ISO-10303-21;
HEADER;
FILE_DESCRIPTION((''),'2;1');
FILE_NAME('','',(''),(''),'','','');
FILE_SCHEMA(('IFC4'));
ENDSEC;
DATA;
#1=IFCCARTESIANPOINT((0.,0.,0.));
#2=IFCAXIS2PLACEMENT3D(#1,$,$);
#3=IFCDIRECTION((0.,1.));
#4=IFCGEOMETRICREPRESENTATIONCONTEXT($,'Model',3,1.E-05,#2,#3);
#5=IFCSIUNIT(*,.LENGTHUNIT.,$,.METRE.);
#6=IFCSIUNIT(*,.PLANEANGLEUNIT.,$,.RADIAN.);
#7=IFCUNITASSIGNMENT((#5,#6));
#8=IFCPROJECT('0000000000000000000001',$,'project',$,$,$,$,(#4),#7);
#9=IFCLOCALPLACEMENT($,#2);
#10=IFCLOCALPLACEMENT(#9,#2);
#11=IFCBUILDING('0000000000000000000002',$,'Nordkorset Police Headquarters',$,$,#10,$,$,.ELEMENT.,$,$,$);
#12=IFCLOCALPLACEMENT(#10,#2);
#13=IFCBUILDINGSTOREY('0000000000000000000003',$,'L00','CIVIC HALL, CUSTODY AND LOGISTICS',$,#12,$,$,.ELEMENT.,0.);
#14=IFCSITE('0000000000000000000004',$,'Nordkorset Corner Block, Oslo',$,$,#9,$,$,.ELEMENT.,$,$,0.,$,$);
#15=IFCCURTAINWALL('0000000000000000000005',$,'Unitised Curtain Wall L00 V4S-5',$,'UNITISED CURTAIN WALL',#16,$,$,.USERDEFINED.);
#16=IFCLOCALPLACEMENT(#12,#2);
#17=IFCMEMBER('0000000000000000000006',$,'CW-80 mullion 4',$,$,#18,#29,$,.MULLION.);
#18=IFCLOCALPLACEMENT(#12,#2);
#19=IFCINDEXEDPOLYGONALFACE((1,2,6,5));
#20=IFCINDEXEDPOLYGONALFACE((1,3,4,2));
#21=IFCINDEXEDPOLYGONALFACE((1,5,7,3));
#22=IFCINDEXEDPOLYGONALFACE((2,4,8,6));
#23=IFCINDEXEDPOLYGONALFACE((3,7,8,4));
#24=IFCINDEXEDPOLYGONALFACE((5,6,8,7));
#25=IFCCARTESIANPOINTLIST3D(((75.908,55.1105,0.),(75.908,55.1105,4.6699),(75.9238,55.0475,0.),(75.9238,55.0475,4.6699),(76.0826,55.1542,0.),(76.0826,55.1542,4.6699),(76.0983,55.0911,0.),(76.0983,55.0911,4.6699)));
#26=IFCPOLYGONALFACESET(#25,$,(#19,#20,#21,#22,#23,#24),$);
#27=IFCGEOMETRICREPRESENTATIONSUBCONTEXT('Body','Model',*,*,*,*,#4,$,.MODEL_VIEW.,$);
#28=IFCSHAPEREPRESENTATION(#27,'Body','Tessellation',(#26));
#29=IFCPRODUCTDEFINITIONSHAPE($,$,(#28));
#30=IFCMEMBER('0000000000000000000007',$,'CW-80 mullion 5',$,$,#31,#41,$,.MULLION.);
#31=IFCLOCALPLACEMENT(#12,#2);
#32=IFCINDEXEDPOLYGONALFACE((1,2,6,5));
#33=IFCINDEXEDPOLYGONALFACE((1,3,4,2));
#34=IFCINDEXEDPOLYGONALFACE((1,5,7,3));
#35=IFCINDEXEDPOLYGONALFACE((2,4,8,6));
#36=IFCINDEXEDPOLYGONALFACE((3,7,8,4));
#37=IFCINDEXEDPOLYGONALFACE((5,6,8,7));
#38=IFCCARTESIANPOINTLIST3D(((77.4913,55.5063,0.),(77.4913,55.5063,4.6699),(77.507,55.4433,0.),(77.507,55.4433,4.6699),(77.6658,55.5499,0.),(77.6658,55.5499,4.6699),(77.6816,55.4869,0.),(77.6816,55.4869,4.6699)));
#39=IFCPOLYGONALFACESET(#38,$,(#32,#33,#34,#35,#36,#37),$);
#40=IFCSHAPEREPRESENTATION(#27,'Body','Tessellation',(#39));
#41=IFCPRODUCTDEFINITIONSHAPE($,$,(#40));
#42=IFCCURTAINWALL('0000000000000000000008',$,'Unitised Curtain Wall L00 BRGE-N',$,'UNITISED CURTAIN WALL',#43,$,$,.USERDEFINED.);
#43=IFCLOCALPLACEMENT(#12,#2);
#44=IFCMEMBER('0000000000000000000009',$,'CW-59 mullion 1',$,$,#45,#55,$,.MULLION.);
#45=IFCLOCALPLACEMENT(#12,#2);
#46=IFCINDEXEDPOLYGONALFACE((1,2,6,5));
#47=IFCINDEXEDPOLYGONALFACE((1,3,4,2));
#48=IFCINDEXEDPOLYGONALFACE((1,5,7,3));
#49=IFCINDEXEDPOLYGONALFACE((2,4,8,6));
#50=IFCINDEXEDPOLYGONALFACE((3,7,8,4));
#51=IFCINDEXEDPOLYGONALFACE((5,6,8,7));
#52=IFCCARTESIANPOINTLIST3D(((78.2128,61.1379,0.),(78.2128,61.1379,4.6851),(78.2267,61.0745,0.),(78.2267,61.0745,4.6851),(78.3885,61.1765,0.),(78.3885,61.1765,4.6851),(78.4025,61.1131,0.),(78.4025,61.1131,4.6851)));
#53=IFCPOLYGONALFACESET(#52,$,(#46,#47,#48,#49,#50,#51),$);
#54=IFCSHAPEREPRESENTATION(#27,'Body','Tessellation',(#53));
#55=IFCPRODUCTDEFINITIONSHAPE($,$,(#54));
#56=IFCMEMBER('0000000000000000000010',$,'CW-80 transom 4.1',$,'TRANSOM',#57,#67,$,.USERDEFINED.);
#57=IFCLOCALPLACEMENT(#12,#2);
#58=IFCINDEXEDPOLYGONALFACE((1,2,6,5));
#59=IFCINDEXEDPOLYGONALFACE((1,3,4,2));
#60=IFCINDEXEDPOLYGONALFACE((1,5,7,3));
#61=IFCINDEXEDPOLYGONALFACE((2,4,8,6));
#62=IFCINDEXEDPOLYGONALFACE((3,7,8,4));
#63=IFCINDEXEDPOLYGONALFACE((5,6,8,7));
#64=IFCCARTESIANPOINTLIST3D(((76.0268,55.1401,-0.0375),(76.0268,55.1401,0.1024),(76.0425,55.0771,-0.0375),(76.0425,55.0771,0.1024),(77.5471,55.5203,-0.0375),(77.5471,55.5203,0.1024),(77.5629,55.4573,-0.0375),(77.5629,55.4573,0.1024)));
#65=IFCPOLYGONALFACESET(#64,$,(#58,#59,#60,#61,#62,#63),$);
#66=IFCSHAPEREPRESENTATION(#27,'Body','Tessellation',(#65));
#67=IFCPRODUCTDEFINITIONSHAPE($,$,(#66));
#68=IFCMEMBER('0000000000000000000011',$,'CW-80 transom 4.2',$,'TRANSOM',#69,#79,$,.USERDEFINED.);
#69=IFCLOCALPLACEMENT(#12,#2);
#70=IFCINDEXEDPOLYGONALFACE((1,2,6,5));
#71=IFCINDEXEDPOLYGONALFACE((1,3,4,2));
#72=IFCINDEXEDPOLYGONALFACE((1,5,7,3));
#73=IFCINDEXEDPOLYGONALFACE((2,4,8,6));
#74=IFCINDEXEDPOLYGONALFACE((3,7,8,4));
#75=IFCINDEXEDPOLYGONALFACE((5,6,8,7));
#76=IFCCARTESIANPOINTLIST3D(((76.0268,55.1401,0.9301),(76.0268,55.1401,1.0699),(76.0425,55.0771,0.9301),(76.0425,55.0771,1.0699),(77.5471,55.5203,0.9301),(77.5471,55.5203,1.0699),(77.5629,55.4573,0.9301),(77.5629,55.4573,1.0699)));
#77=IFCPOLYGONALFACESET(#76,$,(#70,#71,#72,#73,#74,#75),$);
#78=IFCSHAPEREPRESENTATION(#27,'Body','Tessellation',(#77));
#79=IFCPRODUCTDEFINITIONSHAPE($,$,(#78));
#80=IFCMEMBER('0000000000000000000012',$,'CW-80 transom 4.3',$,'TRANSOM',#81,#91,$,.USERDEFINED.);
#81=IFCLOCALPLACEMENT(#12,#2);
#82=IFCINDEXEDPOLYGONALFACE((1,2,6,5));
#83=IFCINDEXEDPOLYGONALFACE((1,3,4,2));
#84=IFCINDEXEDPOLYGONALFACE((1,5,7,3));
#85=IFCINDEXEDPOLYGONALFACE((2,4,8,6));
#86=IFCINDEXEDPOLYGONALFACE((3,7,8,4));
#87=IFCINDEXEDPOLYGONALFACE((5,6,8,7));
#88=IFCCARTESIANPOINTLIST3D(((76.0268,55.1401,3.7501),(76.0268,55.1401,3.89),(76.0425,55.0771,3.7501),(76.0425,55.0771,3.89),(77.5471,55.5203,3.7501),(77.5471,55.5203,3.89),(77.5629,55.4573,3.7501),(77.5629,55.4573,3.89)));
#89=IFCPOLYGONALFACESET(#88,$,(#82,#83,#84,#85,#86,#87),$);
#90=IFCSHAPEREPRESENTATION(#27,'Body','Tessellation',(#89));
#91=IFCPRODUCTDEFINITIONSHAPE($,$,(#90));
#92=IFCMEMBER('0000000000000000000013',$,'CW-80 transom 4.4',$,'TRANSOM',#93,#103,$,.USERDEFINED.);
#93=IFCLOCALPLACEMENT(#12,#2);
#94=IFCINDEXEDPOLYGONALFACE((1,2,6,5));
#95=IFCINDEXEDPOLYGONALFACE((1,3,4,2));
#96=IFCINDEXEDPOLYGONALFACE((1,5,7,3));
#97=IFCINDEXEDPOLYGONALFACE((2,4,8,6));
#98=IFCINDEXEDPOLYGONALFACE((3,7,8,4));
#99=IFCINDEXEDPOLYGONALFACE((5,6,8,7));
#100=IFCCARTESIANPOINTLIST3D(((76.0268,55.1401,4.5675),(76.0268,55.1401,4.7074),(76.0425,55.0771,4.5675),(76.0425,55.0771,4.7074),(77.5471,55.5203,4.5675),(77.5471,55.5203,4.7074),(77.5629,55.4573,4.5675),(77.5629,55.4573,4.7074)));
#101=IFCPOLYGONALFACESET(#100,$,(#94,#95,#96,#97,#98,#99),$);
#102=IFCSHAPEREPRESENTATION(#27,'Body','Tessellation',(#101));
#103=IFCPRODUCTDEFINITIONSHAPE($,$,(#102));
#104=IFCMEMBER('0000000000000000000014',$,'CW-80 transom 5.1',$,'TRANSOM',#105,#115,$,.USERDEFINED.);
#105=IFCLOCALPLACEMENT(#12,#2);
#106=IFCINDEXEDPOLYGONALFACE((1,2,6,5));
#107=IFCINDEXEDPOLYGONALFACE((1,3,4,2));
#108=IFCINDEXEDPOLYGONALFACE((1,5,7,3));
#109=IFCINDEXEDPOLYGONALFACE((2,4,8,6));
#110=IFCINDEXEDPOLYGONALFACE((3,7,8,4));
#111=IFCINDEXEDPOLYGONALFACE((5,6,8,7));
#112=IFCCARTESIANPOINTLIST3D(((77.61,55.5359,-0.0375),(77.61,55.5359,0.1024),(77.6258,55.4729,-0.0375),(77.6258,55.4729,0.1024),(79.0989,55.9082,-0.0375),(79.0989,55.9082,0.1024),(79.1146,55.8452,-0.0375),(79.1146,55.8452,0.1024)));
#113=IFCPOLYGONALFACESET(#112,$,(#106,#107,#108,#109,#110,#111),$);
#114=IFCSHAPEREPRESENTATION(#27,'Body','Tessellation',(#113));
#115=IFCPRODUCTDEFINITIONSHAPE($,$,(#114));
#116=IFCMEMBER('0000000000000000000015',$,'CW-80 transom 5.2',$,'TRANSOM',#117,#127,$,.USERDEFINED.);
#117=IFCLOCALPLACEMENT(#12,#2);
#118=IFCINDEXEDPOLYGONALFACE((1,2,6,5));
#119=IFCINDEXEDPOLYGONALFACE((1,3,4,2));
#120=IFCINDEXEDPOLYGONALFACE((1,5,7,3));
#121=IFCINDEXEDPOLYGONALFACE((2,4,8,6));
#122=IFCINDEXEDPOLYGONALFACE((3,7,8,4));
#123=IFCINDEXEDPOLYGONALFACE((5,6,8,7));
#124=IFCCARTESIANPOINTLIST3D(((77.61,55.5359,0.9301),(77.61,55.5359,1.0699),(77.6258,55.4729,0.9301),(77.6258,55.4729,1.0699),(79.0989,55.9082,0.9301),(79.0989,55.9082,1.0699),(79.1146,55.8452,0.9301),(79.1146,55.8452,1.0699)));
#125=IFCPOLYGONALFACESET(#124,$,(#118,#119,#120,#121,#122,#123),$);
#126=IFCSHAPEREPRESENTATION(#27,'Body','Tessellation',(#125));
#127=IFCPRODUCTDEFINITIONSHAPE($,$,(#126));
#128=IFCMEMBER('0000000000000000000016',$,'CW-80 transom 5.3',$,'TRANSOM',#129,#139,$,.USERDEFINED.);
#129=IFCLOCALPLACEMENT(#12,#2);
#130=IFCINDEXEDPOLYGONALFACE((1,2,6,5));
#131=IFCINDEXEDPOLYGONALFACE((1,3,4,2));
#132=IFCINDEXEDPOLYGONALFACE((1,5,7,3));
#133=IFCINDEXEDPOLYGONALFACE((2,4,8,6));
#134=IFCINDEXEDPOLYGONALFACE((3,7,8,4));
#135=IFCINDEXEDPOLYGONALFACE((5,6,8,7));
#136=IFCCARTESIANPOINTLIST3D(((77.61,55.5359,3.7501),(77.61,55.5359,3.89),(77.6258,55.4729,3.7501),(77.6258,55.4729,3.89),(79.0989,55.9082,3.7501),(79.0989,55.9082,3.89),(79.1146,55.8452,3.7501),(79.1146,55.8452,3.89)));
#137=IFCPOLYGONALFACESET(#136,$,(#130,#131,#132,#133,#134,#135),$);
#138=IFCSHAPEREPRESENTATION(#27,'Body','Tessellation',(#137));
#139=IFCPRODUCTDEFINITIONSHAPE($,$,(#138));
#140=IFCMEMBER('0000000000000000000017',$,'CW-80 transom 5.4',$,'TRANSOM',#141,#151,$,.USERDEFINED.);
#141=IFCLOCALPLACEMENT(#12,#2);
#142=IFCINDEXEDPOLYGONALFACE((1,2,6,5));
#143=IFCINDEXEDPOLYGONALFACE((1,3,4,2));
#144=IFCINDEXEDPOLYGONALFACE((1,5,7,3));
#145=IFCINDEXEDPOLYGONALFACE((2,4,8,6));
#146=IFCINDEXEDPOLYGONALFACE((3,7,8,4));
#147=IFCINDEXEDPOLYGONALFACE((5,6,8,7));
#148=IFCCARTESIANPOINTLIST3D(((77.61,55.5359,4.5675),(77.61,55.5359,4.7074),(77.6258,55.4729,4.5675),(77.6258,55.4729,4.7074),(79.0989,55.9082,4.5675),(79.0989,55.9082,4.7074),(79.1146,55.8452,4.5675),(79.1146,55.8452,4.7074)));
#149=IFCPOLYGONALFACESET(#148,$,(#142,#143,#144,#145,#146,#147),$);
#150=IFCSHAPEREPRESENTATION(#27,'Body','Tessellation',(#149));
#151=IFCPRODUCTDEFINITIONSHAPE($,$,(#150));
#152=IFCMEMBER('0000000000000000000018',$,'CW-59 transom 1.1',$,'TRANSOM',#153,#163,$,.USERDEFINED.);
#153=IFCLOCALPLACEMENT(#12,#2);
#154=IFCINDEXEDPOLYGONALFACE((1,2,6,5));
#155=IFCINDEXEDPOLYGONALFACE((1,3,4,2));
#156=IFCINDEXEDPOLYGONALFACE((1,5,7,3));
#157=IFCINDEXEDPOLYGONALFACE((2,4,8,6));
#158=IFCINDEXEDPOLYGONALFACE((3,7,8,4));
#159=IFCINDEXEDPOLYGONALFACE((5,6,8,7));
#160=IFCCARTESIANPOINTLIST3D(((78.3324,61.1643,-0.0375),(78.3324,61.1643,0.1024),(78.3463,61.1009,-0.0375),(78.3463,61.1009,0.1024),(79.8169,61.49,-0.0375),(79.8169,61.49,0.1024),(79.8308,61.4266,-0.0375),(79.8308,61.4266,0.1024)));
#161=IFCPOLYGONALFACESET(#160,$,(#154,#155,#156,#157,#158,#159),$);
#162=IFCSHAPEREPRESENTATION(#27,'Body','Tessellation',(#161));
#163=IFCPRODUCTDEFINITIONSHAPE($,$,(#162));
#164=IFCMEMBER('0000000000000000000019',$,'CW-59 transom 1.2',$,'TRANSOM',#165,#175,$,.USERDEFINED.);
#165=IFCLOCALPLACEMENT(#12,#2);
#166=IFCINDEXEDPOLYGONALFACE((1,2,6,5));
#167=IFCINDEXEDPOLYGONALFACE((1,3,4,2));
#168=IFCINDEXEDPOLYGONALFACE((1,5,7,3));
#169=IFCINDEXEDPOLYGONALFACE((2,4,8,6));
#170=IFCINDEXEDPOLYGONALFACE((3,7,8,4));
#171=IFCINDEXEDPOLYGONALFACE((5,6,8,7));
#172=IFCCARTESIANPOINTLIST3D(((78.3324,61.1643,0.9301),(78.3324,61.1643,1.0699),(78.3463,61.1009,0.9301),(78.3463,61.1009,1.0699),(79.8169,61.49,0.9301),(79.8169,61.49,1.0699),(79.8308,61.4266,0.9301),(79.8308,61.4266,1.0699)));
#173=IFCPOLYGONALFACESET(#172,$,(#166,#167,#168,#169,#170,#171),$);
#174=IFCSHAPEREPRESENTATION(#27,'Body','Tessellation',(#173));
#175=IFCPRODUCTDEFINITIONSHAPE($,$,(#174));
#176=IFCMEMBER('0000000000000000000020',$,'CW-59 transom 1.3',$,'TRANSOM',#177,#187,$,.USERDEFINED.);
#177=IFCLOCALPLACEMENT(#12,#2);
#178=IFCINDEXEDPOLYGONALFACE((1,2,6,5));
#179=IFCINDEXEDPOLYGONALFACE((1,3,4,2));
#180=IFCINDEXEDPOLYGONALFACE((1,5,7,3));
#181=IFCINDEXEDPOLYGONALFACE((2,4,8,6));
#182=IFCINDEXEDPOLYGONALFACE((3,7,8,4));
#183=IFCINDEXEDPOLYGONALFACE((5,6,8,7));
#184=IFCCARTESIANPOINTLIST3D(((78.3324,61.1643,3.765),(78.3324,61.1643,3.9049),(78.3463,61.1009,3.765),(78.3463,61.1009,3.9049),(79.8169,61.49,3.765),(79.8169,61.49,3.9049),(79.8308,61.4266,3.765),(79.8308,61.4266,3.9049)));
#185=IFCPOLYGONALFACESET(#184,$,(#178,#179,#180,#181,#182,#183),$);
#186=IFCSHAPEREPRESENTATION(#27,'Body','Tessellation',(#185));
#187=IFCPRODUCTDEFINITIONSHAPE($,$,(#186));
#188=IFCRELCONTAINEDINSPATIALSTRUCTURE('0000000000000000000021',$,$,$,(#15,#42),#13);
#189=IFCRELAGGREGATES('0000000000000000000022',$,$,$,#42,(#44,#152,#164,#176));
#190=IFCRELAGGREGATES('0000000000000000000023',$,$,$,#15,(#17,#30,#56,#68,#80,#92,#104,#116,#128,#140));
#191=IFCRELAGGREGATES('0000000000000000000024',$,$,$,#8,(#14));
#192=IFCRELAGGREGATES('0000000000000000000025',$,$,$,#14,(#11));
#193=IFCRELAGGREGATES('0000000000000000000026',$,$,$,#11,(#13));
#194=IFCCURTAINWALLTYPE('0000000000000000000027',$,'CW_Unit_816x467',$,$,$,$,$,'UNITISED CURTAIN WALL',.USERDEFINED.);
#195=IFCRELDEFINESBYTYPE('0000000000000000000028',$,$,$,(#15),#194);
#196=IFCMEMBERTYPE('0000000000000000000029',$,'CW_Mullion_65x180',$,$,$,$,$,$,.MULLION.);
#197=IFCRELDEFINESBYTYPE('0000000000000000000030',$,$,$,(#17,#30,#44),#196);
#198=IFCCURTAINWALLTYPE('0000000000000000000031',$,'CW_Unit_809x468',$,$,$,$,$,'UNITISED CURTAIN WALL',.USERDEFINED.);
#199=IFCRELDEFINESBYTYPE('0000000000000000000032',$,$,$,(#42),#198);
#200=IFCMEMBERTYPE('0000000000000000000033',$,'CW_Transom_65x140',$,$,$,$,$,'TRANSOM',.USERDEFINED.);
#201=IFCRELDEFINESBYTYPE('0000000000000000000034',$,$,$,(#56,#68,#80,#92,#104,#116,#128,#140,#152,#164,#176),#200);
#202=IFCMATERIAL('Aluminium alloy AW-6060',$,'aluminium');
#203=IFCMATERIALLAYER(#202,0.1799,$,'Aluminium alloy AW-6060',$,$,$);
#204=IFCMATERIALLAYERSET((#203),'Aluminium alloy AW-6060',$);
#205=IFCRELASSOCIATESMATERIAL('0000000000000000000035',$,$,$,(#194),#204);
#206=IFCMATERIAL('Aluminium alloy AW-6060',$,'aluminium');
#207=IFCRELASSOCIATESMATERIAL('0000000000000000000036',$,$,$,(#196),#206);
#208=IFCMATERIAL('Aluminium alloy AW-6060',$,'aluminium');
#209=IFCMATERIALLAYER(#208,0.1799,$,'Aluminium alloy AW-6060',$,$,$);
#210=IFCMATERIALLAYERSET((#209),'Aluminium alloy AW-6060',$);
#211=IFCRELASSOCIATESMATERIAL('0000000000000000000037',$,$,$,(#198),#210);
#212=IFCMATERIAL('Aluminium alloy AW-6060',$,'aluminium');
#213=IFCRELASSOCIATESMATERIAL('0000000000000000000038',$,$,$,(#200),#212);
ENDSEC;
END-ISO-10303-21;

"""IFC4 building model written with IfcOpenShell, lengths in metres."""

from ifc_helpers import new_model, si_unit, direction, frame, origin, origin_2d, place, context, subcontext, project, spatial, rectangle, extrude, material, layer, layer_set, material_profile, profile_set, type_object, element, aggregate, save


model = new_model("IFC4")

# Units and contexts
model_context = context("Model", 3, precision=1e-05, world=origin(), true_north=direction((0.0, 1.0)))
body_context = subcontext(model_context, "Body", "Model", "MODEL_VIEW")
ifc_project = project(units=[si_unit("LENGTHUNIT", "METRE"), si_unit("PLANEANGLEUNIT", "RADIAN")], contexts=[model_context])

# Site, building, storey
site_placement = place(None, origin())
site = spatial("IfcSite", under=ifc_project, at=site_placement, Name="Nordkorset Corner Block, Oslo", CompositionType="ELEMENT", RefElevation=0.0)
building_placement = place(site_placement, origin())
building = spatial("IfcBuilding", under=site, at=building_placement, Name="Nordkorset Police Headquarters", CompositionType="ELEMENT")
storey_placement = place(building_placement, origin())
storey = spatial("IfcBuildingStorey", under=building, at=storey_placement, Name="L00", Description="CIVIC HALL, CUSTODY AND LOGISTICS", CompositionType="ELEMENT", Elevation=0.0)

# Curtain wall, members
ifc_material_1 = material(Name="Aluminium alloy AW-6060", Category="aluminium")
ifc_layer_1 = layer(ifc_material_1, 0.1799, Name="Aluminium alloy AW-6060")
ifc_layer_set_1 = layer_set([ifc_layer_1], Name="Aluminium alloy AW-6060")
curtain_wall_type_1 = type_object("IfcCurtainWallType", Name="CW_Unit_816x467", ElementType="UNITISED CURTAIN WALL", PredefinedType="USERDEFINED", material=ifc_layer_set_1)
curtain_wall_1_placement = place(storey_placement, origin())
curtain_wall_1 = element("IfcCurtainWall", 1, at=curtain_wall_1_placement, inside=storey, type_object=curtain_wall_type_1, Name="Unitised Curtain Wall L00 V4S-5", ObjectType="UNITISED CURTAIN WALL", PredefinedType="USERDEFINED")
ifc_material_2 = material(Name="Aluminium alloy AW-6060", Category="aluminium")
ifc_material_profile_1 = material_profile(ifc_material_2, rectangle(XDim=0.0649, YDim=0.1799, at=origin_2d()), Name="ALU MULL 65x180")
ifc_profile_set_1 = profile_set([ifc_material_profile_1], Name="Aluminium alloy AW-6060")
member_type_1 = type_object("IfcMemberType", Name="CW_Mullion_65x180", PredefinedType="MULLION", material=ifc_profile_set_1)
member_1_placement = place(storey_placement, frame((76.0032, 55.1008, 0.0), z_axis=(0.0, 0.0, 1.0), x_axis=(-0.242536, 0.970143, 0.0)))
member_1 = element("IfcMember", 2, at=member_1_placement, type_object=member_type_1, Name="CW-80 mullion 4", PredefinedType="MULLION", context=body_context, shape_type="SweptSolid", body=[
    extrude(rectangle(XDim=0.0649, YDim=0.1799, at=origin_2d()), origin(), (0.0, 0.0, 1.0), 4.6699),
])
member_2_placement = place(storey_placement, frame((77.5864, 55.4966, 0.0), z_axis=(0.0, 0.0, 1.0), x_axis=(-0.242536, 0.970143, 0.0)))
member_2 = element("IfcMember", 3, at=member_2_placement, type_object=member_type_1, Name="CW-80 mullion 5", PredefinedType="MULLION", context=body_context, shape_type="SweptSolid", body=[
    extrude(rectangle(XDim=0.0649, YDim=0.1799, at=origin_2d()), origin(), (0.0, 0.0, 1.0), 4.6699),
])

# Curtain wall, member
ifc_material_3 = material(Name="Aluminium alloy AW-6060", Category="aluminium")
ifc_layer_2 = layer(ifc_material_3, 0.1799, Name="Aluminium alloy AW-6060")
ifc_layer_set_2 = layer_set([ifc_layer_2], Name="Aluminium alloy AW-6060")
curtain_wall_type_2 = type_object("IfcCurtainWallType", Name="CW_Unit_809x468", ElementType="UNITISED CURTAIN WALL", PredefinedType="USERDEFINED", material=ifc_layer_set_2)
curtain_wall_2_placement = place(storey_placement, origin())
curtain_wall_2 = element("IfcCurtainWall", 4, at=curtain_wall_2_placement, inside=storey, type_object=curtain_wall_type_2, Name="Unitised Curtain Wall L00 BRGE-N", ObjectType="UNITISED CURTAIN WALL", PredefinedType="USERDEFINED")
member_3_placement = place(storey_placement, frame((78.3076, 61.1255, 0.0), z_axis=(0.0, 0.0, 1.0), x_axis=(-0.214298, 0.976768, 0.0)))
member_3 = element("IfcMember", 5, at=member_3_placement, type_object=member_type_1, Name="CW-59 mullion 1", PredefinedType="MULLION", context=body_context, shape_type="SweptSolid", body=[
    extrude(rectangle(XDim=0.0649, YDim=0.1799, at=origin_2d()), origin(), (0.0, 0.0, 1.0), 4.6851),
])

# Members
ifc_material_4 = material(Name="Aluminium alloy AW-6060", Category="aluminium")
ifc_material_profile_2 = material_profile(ifc_material_4, rectangle(XDim=0.0649, YDim=0.1399, at=origin_2d()), Name="ALU TRAN 65x140")
ifc_profile_set_2 = profile_set([ifc_material_profile_2], Name="Aluminium alloy AW-6060")
member_type_2 = type_object("IfcMemberType", Name="CW_Transom_65x140", ElementType="TRANSOM", PredefinedType="USERDEFINED", material=ifc_profile_set_2)
member_4_placement = place(storey_placement, frame((76.0347, 55.1086, 0.0325), z_axis=(0.970133, 0.242572, 0.0), x_axis=(-0.242572, 0.970133, 0.0)))
member_4 = element("IfcMember", 6, at=member_4_placement, type_object=member_type_2, Name="CW-80 transom 4.1", ObjectType="TRANSOM", PredefinedType="USERDEFINED", context=body_context, shape_type="SweptSolid", body=[
    extrude(rectangle(XDim=0.0649, YDim=0.1399, at=origin_2d()), origin(), (0.0, 0.0, 1.0), 1.5671),
])
member_5_placement = place(storey_placement, frame((76.0347, 55.1086, 1.0), z_axis=(0.970133, 0.242572, 0.0), x_axis=(-0.242572, 0.970133, 0.0)))
member_5 = element("IfcMember", 7, at=member_5_placement, type_object=member_type_2, Name="CW-80 transom 4.2", ObjectType="TRANSOM", PredefinedType="USERDEFINED", context=body_context, shape_type="SweptSolid", body=[
    extrude(rectangle(XDim=0.0649, YDim=0.1399, at=origin_2d()), origin(), (0.0, 0.0, 1.0), 1.5671),
])
member_6_placement = place(storey_placement, frame((76.0347, 55.1086, 3.8201), z_axis=(0.970133, 0.242572, 0.0), x_axis=(-0.242572, 0.970133, 0.0)))
member_6 = element("IfcMember", 8, at=member_6_placement, type_object=member_type_2, Name="CW-80 transom 4.3", ObjectType="TRANSOM", PredefinedType="USERDEFINED", context=body_context, shape_type="SweptSolid", body=[
    extrude(rectangle(XDim=0.0649, YDim=0.1399, at=origin_2d()), origin(), (0.0, 0.0, 1.0), 1.5671),
])
member_7_placement = place(storey_placement, frame((76.0347, 55.1086, 4.6375), z_axis=(0.970133, 0.242572, 0.0), x_axis=(-0.242572, 0.970133, 0.0)))
member_7 = element("IfcMember", 9, at=member_7_placement, type_object=member_type_2, Name="CW-80 transom 4.4", ObjectType="TRANSOM", PredefinedType="USERDEFINED", context=body_context, shape_type="SweptSolid", body=[
    extrude(rectangle(XDim=0.0649, YDim=0.1399, at=origin_2d()), origin(), (0.0, 0.0, 1.0), 1.5671),
])
member_8_placement = place(storey_placement, frame((77.6179, 55.5044, 0.0325), z_axis=(0.970124, 0.24261, 0.0), x_axis=(-0.24261, 0.970124, 0.0)))
member_8 = element("IfcMember", 10, at=member_8_placement, type_object=member_type_2, Name="CW-80 transom 5.1", ObjectType="TRANSOM", PredefinedType="USERDEFINED", context=body_context, shape_type="SweptSolid", body=[
    extrude(rectangle(XDim=0.0649, YDim=0.1399, at=origin_2d()), origin(), (0.0, 0.0, 1.0), 1.5347),
])
member_9_placement = place(storey_placement, frame((77.6179, 55.5044, 1.0), z_axis=(0.970124, 0.24261, 0.0), x_axis=(-0.24261, 0.970124, 0.0)))
member_9 = element("IfcMember", 11, at=member_9_placement, type_object=member_type_2, Name="CW-80 transom 5.2", ObjectType="TRANSOM", PredefinedType="USERDEFINED", context=body_context, shape_type="SweptSolid", body=[
    extrude(rectangle(XDim=0.0649, YDim=0.1399, at=origin_2d()), origin(), (0.0, 0.0, 1.0), 1.5347),
])
member_10_placement = place(storey_placement, frame((77.6179, 55.5044, 3.8201), z_axis=(0.970124, 0.24261, 0.0), x_axis=(-0.24261, 0.970124, 0.0)))
member_10 = element("IfcMember", 12, at=member_10_placement, type_object=member_type_2, Name="CW-80 transom 5.3", ObjectType="TRANSOM", PredefinedType="USERDEFINED", context=body_context, shape_type="SweptSolid", body=[
    extrude(rectangle(XDim=0.0649, YDim=0.1399, at=origin_2d()), origin(), (0.0, 0.0, 1.0), 1.5347),
])
member_11_placement = place(storey_placement, frame((77.6179, 55.5044, 4.6375), z_axis=(0.970124, 0.24261, 0.0), x_axis=(-0.24261, 0.970124, 0.0)))
member_11 = element("IfcMember", 13, at=member_11_placement, type_object=member_type_2, Name="CW-80 transom 5.4", ObjectType="TRANSOM", PredefinedType="USERDEFINED", context=body_context, shape_type="SweptSolid", body=[
    extrude(rectangle(XDim=0.0649, YDim=0.1399, at=origin_2d()), origin(), (0.0, 0.0, 1.0), 1.5347),
])
member_12_placement = place(storey_placement, frame((78.3394, 61.1326, 0.0325), z_axis=(0.976766, 0.21431, 0.0), x_axis=(-0.21431, 0.976766, 0.0)))
member_12 = element("IfcMember", 14, at=member_12_placement, type_object=member_type_2, Name="CW-59 transom 1.1", ObjectType="TRANSOM", PredefinedType="USERDEFINED", context=body_context, shape_type="SweptSolid", body=[
    extrude(rectangle(XDim=0.0649, YDim=0.1399, at=origin_2d()), origin(), (0.0, 0.0, 1.0), 1.5198),
])
member_13_placement = place(storey_placement, frame((78.3394, 61.1326, 1.0), z_axis=(0.976766, 0.21431, 0.0), x_axis=(-0.21431, 0.976766, 0.0)))
member_13 = element("IfcMember", 15, at=member_13_placement, type_object=member_type_2, Name="CW-59 transom 1.2", ObjectType="TRANSOM", PredefinedType="USERDEFINED", context=body_context, shape_type="SweptSolid", body=[
    extrude(rectangle(XDim=0.0649, YDim=0.1399, at=origin_2d()), origin(), (0.0, 0.0, 1.0), 1.5198),
])
member_14_placement = place(storey_placement, frame((78.3394, 61.1326, 3.835), z_axis=(0.976766, 0.21431, 0.0), x_axis=(-0.21431, 0.976766, 0.0)))
member_14 = element("IfcMember", 16, at=member_14_placement, type_object=member_type_2, Name="CW-59 transom 1.3", ObjectType="TRANSOM", PredefinedType="USERDEFINED", context=body_context, shape_type="SweptSolid", body=[
    extrude(rectangle(XDim=0.0649, YDim=0.1399, at=origin_2d()), origin(), (0.0, 0.0, 1.0), 1.5198),
])
aggregate(curtain_wall_2, [member_3, member_12, member_13, member_14])

aggregate(curtain_wall_1, [member_1, member_2, member_4, member_5, member_6, member_7, member_8, member_9, member_10, member_11])

save(model, "model.ifc")
